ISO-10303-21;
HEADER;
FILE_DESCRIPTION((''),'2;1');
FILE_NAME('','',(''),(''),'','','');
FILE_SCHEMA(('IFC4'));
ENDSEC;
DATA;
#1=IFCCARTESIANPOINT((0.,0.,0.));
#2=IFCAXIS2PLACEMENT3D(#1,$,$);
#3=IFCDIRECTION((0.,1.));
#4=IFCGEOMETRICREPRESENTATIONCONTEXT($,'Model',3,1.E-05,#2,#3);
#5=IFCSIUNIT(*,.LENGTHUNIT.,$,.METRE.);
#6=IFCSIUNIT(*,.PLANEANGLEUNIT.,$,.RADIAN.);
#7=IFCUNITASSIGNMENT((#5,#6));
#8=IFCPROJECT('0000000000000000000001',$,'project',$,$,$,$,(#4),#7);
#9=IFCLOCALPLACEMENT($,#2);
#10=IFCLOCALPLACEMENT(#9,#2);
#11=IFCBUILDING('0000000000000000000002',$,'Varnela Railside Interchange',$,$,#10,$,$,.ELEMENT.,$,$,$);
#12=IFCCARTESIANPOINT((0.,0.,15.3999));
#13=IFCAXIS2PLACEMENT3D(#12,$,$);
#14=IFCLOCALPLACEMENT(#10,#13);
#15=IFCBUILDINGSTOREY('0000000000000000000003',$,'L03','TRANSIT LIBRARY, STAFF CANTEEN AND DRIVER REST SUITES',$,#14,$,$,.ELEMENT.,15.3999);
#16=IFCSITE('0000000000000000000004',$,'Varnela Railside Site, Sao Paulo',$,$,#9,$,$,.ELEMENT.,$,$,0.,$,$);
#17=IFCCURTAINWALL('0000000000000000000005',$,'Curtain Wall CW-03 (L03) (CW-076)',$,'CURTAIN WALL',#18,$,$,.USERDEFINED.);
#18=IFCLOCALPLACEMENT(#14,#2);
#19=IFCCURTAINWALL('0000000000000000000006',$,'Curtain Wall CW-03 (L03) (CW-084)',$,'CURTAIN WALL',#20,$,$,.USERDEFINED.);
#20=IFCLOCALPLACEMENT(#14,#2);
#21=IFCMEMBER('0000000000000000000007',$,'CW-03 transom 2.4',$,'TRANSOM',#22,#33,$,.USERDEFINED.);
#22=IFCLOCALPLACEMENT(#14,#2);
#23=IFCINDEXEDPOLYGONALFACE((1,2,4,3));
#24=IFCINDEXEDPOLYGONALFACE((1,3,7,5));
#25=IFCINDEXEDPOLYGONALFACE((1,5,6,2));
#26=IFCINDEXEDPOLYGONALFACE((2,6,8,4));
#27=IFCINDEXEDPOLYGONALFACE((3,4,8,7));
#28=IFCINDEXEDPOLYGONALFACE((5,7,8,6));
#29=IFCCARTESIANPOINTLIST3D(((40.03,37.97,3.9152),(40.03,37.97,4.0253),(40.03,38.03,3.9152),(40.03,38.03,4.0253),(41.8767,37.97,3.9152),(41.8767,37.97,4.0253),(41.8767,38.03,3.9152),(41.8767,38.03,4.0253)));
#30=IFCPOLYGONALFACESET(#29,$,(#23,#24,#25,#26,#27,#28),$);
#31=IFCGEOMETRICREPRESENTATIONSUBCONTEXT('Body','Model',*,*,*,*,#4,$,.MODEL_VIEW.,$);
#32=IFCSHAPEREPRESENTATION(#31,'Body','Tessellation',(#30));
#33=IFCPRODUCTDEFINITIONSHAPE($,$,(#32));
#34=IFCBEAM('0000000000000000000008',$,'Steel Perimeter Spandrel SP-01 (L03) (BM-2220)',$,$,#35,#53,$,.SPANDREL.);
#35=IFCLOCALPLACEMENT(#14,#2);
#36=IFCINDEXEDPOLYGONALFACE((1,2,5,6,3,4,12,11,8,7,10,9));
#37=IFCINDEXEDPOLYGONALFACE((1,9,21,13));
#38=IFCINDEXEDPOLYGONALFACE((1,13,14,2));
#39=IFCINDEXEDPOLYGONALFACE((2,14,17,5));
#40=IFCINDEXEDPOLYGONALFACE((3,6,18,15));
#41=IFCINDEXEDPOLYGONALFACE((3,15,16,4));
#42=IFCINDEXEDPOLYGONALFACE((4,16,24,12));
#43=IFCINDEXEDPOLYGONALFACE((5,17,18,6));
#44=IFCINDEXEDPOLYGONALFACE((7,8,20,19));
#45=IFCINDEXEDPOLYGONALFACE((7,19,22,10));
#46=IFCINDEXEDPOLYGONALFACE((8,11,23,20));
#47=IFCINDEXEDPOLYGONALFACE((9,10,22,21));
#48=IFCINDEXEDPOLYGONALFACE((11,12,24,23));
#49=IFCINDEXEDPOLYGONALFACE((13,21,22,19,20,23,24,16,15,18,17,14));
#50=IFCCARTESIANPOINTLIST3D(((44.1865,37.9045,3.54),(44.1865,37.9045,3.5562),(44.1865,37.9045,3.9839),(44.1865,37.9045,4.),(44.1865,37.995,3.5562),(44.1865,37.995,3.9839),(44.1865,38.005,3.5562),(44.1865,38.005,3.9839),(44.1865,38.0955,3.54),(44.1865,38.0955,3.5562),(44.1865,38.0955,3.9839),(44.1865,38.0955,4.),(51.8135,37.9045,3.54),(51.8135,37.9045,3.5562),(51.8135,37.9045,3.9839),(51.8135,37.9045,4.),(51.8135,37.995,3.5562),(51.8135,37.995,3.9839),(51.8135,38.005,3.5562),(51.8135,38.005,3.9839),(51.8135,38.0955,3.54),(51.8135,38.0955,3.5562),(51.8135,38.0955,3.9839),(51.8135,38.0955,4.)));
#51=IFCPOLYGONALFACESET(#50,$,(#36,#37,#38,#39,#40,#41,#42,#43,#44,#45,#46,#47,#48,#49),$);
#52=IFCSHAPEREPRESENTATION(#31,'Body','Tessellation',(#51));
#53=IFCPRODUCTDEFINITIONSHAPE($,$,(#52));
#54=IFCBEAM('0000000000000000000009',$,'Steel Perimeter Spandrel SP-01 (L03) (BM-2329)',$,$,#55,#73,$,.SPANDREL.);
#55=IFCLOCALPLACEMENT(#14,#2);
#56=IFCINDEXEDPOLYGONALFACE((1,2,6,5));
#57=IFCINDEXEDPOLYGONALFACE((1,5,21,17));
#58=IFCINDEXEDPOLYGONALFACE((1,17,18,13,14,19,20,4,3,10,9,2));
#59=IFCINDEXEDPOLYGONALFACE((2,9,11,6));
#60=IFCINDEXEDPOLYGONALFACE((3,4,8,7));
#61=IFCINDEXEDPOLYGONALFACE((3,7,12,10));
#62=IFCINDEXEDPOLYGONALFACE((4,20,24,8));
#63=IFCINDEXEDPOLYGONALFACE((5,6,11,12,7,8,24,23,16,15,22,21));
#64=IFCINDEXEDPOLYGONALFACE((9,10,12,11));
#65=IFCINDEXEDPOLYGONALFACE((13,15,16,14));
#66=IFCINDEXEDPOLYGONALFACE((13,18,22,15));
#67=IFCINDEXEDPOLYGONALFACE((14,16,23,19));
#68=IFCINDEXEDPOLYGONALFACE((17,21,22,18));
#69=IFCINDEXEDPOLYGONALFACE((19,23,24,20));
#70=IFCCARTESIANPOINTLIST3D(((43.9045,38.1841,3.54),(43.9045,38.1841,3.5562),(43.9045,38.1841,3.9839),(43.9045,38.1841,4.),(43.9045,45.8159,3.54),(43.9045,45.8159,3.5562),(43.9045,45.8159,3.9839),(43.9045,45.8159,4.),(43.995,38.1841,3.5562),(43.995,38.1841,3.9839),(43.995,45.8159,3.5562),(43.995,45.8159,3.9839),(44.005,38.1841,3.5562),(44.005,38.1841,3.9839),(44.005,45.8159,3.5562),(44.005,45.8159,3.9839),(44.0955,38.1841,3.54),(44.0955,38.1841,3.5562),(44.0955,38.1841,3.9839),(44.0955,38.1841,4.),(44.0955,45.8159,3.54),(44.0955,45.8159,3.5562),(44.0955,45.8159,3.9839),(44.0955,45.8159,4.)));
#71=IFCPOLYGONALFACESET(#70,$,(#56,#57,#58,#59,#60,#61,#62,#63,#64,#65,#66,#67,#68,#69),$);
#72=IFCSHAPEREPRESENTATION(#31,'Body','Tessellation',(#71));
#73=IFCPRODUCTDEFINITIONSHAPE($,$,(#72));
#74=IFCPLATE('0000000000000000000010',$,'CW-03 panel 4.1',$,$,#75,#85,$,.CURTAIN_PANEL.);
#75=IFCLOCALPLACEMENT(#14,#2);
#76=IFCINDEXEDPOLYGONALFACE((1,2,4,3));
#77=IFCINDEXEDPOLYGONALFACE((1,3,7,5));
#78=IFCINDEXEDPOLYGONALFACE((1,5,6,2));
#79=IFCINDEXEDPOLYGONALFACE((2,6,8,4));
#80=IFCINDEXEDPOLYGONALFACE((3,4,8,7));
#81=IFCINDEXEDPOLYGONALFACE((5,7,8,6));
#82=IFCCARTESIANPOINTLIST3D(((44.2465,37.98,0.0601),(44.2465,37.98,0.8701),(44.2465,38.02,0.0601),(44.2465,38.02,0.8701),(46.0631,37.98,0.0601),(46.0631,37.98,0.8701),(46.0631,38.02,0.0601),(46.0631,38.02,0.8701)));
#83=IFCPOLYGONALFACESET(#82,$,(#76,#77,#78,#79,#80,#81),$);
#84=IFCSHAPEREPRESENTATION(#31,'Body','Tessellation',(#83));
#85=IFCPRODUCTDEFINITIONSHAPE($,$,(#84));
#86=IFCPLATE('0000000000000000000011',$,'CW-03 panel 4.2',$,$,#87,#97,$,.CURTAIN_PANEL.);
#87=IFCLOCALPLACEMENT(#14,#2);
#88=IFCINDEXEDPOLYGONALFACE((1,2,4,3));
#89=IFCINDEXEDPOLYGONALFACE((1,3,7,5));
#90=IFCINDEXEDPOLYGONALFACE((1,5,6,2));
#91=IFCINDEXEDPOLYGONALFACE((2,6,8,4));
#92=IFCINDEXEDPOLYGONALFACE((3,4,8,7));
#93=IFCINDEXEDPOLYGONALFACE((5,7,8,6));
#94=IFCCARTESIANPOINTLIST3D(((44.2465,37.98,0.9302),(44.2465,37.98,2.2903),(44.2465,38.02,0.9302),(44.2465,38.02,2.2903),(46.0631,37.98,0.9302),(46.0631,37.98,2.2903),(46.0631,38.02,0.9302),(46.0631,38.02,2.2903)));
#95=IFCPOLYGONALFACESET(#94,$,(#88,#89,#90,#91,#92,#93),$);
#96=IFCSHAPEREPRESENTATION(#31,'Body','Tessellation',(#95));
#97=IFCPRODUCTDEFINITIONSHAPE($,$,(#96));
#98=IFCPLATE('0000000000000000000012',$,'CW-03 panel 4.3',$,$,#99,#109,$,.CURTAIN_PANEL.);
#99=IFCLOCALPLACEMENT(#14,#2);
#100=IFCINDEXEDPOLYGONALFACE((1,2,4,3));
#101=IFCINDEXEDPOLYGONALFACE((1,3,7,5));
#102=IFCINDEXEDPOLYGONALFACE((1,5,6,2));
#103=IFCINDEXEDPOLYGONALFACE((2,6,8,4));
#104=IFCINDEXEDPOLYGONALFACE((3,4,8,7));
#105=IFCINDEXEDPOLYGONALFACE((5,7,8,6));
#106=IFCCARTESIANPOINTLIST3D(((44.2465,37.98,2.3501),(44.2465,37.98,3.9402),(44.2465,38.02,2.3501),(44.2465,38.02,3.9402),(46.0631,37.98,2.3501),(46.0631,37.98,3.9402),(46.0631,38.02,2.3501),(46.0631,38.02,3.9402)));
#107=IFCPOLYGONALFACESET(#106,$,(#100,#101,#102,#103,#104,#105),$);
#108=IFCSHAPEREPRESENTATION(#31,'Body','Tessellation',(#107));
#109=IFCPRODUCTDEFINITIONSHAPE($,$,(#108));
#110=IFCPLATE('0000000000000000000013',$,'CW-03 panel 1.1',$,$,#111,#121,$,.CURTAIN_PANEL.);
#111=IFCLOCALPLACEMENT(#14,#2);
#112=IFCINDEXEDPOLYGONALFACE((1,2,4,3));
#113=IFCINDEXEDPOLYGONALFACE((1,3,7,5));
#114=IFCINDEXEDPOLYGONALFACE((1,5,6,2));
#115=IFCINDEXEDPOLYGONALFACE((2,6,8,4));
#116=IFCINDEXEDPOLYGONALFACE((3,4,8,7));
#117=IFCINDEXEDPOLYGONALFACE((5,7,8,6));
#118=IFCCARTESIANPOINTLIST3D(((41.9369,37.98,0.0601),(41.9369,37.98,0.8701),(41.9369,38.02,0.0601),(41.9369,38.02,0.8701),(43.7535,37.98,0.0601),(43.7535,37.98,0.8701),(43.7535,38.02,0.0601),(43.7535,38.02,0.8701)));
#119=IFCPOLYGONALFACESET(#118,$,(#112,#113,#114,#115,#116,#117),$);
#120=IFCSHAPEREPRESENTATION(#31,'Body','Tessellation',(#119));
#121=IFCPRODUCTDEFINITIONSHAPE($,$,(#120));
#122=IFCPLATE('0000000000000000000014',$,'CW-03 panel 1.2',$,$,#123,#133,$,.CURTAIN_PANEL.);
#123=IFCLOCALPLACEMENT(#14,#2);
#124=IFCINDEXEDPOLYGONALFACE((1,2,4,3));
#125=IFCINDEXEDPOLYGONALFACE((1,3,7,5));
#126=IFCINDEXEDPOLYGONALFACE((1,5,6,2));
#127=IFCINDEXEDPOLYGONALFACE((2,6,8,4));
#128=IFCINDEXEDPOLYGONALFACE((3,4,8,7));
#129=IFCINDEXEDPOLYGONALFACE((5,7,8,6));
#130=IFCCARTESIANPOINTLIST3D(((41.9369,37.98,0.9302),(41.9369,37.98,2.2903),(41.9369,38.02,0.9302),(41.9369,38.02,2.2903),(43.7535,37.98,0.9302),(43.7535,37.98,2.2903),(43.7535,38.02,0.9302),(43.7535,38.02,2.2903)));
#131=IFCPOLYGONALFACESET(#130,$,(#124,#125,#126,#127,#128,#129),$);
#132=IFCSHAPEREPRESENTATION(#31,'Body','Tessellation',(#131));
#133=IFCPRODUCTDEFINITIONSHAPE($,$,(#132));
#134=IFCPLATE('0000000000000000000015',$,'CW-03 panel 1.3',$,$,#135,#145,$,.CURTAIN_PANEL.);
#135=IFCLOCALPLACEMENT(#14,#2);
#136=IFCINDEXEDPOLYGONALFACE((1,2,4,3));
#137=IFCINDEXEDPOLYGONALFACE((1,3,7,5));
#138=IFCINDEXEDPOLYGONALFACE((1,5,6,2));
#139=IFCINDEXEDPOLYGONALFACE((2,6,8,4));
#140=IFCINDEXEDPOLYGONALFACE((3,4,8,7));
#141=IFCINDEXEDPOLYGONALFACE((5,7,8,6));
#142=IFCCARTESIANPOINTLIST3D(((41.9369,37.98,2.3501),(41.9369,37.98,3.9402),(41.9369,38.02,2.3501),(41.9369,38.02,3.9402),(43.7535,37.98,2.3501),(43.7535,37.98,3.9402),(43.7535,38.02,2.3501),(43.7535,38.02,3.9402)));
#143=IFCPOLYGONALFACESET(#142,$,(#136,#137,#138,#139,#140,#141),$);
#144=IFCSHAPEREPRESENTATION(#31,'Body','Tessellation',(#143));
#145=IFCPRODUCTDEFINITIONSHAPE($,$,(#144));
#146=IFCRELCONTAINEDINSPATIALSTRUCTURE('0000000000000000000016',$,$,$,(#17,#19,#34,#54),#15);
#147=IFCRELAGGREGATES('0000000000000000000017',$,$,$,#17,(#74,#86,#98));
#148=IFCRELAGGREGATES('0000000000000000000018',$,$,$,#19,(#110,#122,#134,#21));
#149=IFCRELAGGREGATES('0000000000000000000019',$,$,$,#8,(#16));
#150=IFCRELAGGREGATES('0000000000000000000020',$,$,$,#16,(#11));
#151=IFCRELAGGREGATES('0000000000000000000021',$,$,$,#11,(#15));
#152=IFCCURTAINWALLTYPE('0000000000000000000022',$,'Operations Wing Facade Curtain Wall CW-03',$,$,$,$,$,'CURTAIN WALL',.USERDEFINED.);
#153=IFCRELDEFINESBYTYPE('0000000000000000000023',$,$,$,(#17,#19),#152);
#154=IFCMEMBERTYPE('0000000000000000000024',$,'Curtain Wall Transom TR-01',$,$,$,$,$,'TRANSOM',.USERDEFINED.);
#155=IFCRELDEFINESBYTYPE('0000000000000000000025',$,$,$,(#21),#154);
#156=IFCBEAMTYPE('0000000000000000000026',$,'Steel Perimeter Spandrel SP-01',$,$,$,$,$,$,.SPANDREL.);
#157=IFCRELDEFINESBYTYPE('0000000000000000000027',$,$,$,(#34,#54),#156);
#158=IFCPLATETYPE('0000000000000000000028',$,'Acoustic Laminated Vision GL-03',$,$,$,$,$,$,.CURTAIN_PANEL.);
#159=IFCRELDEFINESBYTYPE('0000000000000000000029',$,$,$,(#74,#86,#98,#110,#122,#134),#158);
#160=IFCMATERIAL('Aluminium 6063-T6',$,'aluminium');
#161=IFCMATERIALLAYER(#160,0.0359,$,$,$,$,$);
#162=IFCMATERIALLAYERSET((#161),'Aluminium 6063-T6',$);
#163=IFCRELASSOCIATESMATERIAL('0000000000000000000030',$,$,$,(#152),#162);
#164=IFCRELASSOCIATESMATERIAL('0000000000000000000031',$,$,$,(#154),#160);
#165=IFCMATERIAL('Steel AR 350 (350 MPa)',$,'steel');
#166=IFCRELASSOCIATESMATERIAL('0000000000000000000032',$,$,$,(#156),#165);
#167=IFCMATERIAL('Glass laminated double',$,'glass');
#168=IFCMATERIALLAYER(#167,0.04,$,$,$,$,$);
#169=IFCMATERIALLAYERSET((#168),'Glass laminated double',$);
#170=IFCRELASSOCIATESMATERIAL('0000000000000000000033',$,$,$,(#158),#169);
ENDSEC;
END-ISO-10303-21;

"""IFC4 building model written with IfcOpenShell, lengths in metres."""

from ifc_helpers import new_model, si_unit, direction, frame, origin, origin_2d, place, context, subcontext, project, spatial, rectangle, i_section, extrude, material, layer, layer_set, material_profile, profile_set, type_object, element, aggregate, save


model = new_model("IFC4")

# Units and contexts
model_context = context("Model", 3, precision=1e-05, world=origin(), true_north=direction((0.0, 1.0)))
body_context = subcontext(model_context, "Body", "Model", "MODEL_VIEW")
ifc_project = project(units=[si_unit("LENGTHUNIT", "METRE"), si_unit("PLANEANGLEUNIT", "RADIAN")], contexts=[model_context])

# Site, building, storey
site_placement = place(None, origin())
site = spatial("IfcSite", under=ifc_project, at=site_placement, Name="Varnela Railside Site, Sao Paulo", CompositionType="ELEMENT", RefElevation=0.0)
building_placement = place(site_placement, origin())
building = spatial("IfcBuilding", under=site, at=building_placement, Name="Varnela Railside Interchange", CompositionType="ELEMENT")
storey_placement = place(building_placement, frame((0.0, 0.0, 15.3999)))
storey = spatial("IfcBuildingStorey", under=building, at=storey_placement, Name="L03", Description="TRANSIT LIBRARY, STAFF CANTEEN AND DRIVER REST SUITES", CompositionType="ELEMENT", Elevation=15.3999)

# Shared definitions
ifc_material_1 = material(Name="Steel AR 350 (350 MPa)", Category="steel")

# Curtain wall
ifc_material_2 = material(Name="Aluminium 6063-T6", Category="aluminium")
ifc_layer_1 = layer(ifc_material_2, 0.0359)
ifc_layer_set_1 = layer_set([ifc_layer_1], Name="Aluminium 6063-T6")
curtain_wall_type = type_object("IfcCurtainWallType", Name="Operations Wing Facade Curtain Wall CW-03", ElementType="CURTAIN WALL", PredefinedType="USERDEFINED", material=ifc_layer_set_1)
curtain_wall_1_placement = place(storey_placement, origin())
curtain_wall_1 = element("IfcCurtainWall", 1, at=curtain_wall_1_placement, inside=storey, type_object=curtain_wall_type, Name="Curtain Wall CW-03 (L03) (CW-076)", ObjectType="CURTAIN WALL", PredefinedType="USERDEFINED")

# Curtain wall
curtain_wall_2_placement = place(storey_placement, origin())
curtain_wall_2 = element("IfcCurtainWall", 2, at=curtain_wall_2_placement, inside=storey, type_object=curtain_wall_type, Name="Curtain Wall CW-03 (L03) (CW-084)", ObjectType="CURTAIN WALL", PredefinedType="USERDEFINED")

# Member
ifc_material_profile_1 = material_profile(ifc_material_2, rectangle(XDim=0.0601, YDim=0.1101, at=origin_2d()), Name="ALU 60x110")
ifc_profile_set_1 = profile_set([ifc_material_profile_1], Name="Aluminium 6063-T6")
member_type_1 = type_object("IfcMemberType", Name="Curtain Wall Transom TR-01", ElementType="TRANSOM", PredefinedType="USERDEFINED", material=ifc_profile_set_1)
member_1_placement = place(storey_placement, frame((41.8767, 38.0, 3.9702), z_axis=(-1.0, 0.0, 0.0), x_axis=(0.0, -1.0, 0.0)))
member_1 = element("IfcMember", 3, at=member_1_placement, type_object=member_type_1, Name="CW-03 transom 2.4", ObjectType="TRANSOM", PredefinedType="USERDEFINED", context=body_context, shape_type="SweptSolid", body=[
    extrude(rectangle(XDim=0.0601, YDim=0.1101, at=origin_2d()), origin(), (0.0, 0.0, 1.0), 1.8467),
])

# Beams
ifc_material_profile_2 = material_profile(ifc_material_1, i_section(OverallWidth=0.1909, OverallDepth=0.46, WebThickness=0.01, FlangeThickness=0.0161, at=origin_2d()), Name="W460x82")
ifc_profile_set_2 = profile_set([ifc_material_profile_2], Name="Steel AR 350 (350 MPa)")
beam_type = type_object("IfcBeamType", Name="Steel Perimeter Spandrel SP-01", PredefinedType="SPANDREL", material=ifc_profile_set_2)
beam_1_placement = place(storey_placement, frame((44.1865, 38.0, 3.77), z_axis=(1.0, 0.0, 0.0), x_axis=(0.0, 1.0, 0.0)))
element("IfcBeam", 4, at=beam_1_placement, inside=storey, type_object=beam_type, Name="Steel Perimeter Spandrel SP-01 (L03) (BM-2220)", PredefinedType="SPANDREL", context=body_context, shape_type="SweptSolid", body=[
    extrude(i_section(OverallWidth=0.1909, OverallDepth=0.46, WebThickness=0.01, FlangeThickness=0.0161, at=origin_2d()), origin(), (0.0, 0.0, 1.0), 7.627),
])
beam_2_placement = place(storey_placement, frame((44.0, 38.1841, 3.77), z_axis=(0.0, 1.0, 0.0), x_axis=(-1.0, 0.0, 0.0)))
element("IfcBeam", 5, at=beam_2_placement, inside=storey, type_object=beam_type, Name="Steel Perimeter Spandrel SP-01 (L03) (BM-2329)", PredefinedType="SPANDREL", context=body_context, shape_type="SweptSolid", body=[
    extrude(i_section(OverallWidth=0.1909, OverallDepth=0.46, WebThickness=0.01, FlangeThickness=0.0161, at=origin_2d()), origin(), (0.0, 0.0, 1.0), 7.6318),
])

# Plates
ifc_material_3 = material(Name="Glass laminated double", Category="glass")
ifc_layer_2 = layer(ifc_material_3, 0.04)
ifc_layer_set_2 = layer_set([ifc_layer_2], Name="Glass laminated double")
plate_type = type_object("IfcPlateType", Name="Acoustic Laminated Vision GL-03", PredefinedType="CURTAIN_PANEL", material=ifc_layer_set_2)
plate_1_placement = place(storey_placement, frame((45.1548, 38.0, 0.0601), z_axis=(0.0, 0.0, 1.0), x_axis=(-1.0, 0.0, 0.0)))
plate_1 = element("IfcPlate", 6, at=plate_1_placement, type_object=plate_type, Name="CW-03 panel 4.1", PredefinedType="CURTAIN_PANEL", context=body_context, shape_type="SweptSolid", body=[
    extrude(rectangle(XDim=1.8167, YDim=0.04, at=origin_2d()), origin(), (0.0, 0.0, 1.0), 0.8101),
])
plate_2_placement = place(storey_placement, frame((45.1548, 38.0, 0.9302), z_axis=(0.0, 0.0, 1.0), x_axis=(-1.0, 0.0, 0.0)))
plate_2 = element("IfcPlate", 7, at=plate_2_placement, type_object=plate_type, Name="CW-03 panel 4.2", PredefinedType="CURTAIN_PANEL", context=body_context, shape_type="SweptSolid", body=[
    extrude(rectangle(XDim=1.8167, YDim=0.04, at=origin_2d()), origin(), (0.0, 0.0, 1.0), 1.3601),
])
plate_3_placement = place(storey_placement, frame((45.1548, 38.0, 2.3501), z_axis=(0.0, 0.0, 1.0), x_axis=(-1.0, 0.0, 0.0)))
plate_3 = element("IfcPlate", 8, at=plate_3_placement, type_object=plate_type, Name="CW-03 panel 4.3", PredefinedType="CURTAIN_PANEL", context=body_context, shape_type="SweptSolid", body=[
    extrude(rectangle(XDim=1.8167, YDim=0.04, at=origin_2d()), origin(), (0.0, 0.0, 1.0), 1.5901),
])
aggregate(curtain_wall_1, [plate_1, plate_2, plate_3])
plate_4_placement = place(storey_placement, frame((42.8452, 38.0, 0.0601), z_axis=(0.0, 0.0, 1.0), x_axis=(-1.0, 0.0, 0.0)))
plate_4 = element("IfcPlate", 9, at=plate_4_placement, type_object=plate_type, Name="CW-03 panel 1.1", PredefinedType="CURTAIN_PANEL", context=body_context, shape_type="SweptSolid", body=[
    extrude(rectangle(XDim=1.8167, YDim=0.04, at=origin_2d()), origin(), (0.0, 0.0, 1.0), 0.8101),
])
plate_5_placement = place(storey_placement, frame((42.8452, 38.0, 0.9302), z_axis=(0.0, 0.0, 1.0), x_axis=(-1.0, 0.0, 0.0)))
plate_5 = element("IfcPlate", 10, at=plate_5_placement, type_object=plate_type, Name="CW-03 panel 1.2", PredefinedType="CURTAIN_PANEL", context=body_context, shape_type="SweptSolid", body=[
    extrude(rectangle(XDim=1.8167, YDim=0.04, at=origin_2d()), origin(), (0.0, 0.0, 1.0), 1.3601),
])
plate_6_placement = place(storey_placement, frame((42.8452, 38.0, 2.3501), z_axis=(0.0, 0.0, 1.0), x_axis=(-1.0, 0.0, 0.0)))
plate_6 = element("IfcPlate", 11, at=plate_6_placement, type_object=plate_type, Name="CW-03 panel 1.3", PredefinedType="CURTAIN_PANEL", context=body_context, shape_type="SweptSolid", body=[
    extrude(rectangle(XDim=1.8167, YDim=0.04, at=origin_2d()), origin(), (0.0, 0.0, 1.0), 1.5901),
])
aggregate(curtain_wall_2, [plate_4, plate_5, plate_6, member_1])

save(model, "model.ifc")
